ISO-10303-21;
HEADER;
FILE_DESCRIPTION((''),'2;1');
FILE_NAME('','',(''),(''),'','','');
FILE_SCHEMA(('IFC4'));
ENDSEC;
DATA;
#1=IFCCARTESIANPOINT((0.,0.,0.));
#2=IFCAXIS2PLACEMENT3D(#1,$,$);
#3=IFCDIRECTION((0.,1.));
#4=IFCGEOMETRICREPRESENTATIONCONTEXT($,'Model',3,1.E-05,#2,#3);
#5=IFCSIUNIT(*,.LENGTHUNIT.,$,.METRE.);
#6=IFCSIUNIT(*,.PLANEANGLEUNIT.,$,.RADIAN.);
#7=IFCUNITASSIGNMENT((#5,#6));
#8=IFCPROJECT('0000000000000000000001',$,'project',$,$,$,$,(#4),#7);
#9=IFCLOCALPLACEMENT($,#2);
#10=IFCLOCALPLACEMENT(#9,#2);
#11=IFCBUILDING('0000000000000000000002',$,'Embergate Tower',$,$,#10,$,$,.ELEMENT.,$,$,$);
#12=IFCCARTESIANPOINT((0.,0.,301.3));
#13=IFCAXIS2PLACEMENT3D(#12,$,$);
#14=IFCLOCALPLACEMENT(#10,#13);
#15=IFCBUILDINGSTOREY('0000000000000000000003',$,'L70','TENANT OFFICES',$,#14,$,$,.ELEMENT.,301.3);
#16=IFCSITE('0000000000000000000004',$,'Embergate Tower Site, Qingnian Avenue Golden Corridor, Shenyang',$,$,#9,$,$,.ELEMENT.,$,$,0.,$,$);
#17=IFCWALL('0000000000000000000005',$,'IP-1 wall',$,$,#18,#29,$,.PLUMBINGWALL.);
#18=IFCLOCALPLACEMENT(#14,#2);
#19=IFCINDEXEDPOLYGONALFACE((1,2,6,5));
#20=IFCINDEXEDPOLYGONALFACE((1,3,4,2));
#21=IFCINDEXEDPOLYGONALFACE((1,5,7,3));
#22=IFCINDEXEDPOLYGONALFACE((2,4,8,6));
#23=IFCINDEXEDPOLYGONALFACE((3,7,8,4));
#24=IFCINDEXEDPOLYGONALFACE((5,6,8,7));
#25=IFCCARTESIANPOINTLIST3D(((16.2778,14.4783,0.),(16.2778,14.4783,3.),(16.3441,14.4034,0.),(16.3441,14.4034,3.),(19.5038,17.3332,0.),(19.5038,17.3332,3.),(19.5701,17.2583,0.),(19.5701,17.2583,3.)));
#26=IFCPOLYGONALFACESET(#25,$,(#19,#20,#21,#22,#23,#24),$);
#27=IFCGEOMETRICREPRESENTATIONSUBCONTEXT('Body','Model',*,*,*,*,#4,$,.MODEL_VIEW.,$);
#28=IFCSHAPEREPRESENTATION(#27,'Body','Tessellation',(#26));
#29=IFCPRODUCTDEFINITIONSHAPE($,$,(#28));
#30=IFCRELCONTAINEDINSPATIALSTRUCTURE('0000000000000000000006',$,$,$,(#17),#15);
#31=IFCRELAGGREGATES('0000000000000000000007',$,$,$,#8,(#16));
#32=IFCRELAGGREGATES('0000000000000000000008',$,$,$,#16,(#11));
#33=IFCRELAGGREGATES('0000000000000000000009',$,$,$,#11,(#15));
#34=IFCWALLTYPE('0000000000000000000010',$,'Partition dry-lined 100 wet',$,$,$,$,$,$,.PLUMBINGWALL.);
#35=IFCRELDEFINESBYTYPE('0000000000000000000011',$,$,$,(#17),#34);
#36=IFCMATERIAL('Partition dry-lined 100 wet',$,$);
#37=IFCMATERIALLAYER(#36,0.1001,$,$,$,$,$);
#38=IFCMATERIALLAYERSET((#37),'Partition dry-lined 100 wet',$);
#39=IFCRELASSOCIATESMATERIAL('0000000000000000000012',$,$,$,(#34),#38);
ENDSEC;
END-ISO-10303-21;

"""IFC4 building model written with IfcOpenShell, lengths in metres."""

from ifc_helpers import new_model, si_unit, direction, frame, frame_2d, origin, place, context, subcontext, project, spatial, rectangle, extrude, source, transform, mapped, material, layer, layer_set, type_object, element, save


model = new_model("IFC4")

# Units and contexts
model_context = context("Model", 3, precision=1e-05, world=origin(), true_north=direction((0.0, 1.0)))
body_context = subcontext(model_context, "Body", "Model", "MODEL_VIEW")
ifc_project = project(units=[si_unit("LENGTHUNIT", "METRE"), si_unit("PLANEANGLEUNIT", "RADIAN")], contexts=[model_context])

# Site, building, storey
site_placement = place(None, origin())
site = spatial("IfcSite", under=ifc_project, at=site_placement, Name="Embergate Tower Site, Qingnian Avenue Golden Corridor, Shenyang", CompositionType="ELEMENT", RefElevation=0.0)
building_placement = place(site_placement, origin())
building = spatial("IfcBuilding", under=site, at=building_placement, Name="Embergate Tower", CompositionType="ELEMENT")
storey_placement = place(building_placement, frame((0.0, 0.0, 301.3)))
storey = spatial("IfcBuildingStorey", under=building, at=storey_placement, Name="L70", Description="TENANT OFFICES", CompositionType="ELEMENT", Elevation=301.3)

# Wall
ifc_material_1 = material(Name="Partition dry-lined 100 wet")
ifc_layer_1 = layer(ifc_material_1, 0.1001)
ifc_layer_set_1 = layer_set([ifc_layer_1], Name="Partition dry-lined 100 wet")
wall_type = type_object("IfcWallType", Name="Partition dry-lined 100 wet", PredefinedType="PLUMBINGWALL", material=ifc_layer_set_1)
shared_shape_1 = source(origin(), body_context, "Body", "SweptSolid", [
    extrude(rectangle(XDim=4.3079, YDim=0.1001, at=frame_2d((2.1538, 0.0))), origin(), (0.0, 0.0, 1.0), 3.0),
])
wall_placement = place(storey_placement, frame((16.311, 14.4409, 0.0), z_axis=(0.0, 0.0, 1.0), x_axis=(0.748865, 0.662723, 0.0)))
element("IfcWall", 1, at=wall_placement, inside=storey, type_object=wall_type, Name="IP-1 wall", PredefinedType="PLUMBINGWALL", context=body_context, shape_type="MappedRepresentation", body=[
    mapped(shared_shape_1, transform((0.0, 0.0, 0.0))),
])

save(model, "model.ifc")
